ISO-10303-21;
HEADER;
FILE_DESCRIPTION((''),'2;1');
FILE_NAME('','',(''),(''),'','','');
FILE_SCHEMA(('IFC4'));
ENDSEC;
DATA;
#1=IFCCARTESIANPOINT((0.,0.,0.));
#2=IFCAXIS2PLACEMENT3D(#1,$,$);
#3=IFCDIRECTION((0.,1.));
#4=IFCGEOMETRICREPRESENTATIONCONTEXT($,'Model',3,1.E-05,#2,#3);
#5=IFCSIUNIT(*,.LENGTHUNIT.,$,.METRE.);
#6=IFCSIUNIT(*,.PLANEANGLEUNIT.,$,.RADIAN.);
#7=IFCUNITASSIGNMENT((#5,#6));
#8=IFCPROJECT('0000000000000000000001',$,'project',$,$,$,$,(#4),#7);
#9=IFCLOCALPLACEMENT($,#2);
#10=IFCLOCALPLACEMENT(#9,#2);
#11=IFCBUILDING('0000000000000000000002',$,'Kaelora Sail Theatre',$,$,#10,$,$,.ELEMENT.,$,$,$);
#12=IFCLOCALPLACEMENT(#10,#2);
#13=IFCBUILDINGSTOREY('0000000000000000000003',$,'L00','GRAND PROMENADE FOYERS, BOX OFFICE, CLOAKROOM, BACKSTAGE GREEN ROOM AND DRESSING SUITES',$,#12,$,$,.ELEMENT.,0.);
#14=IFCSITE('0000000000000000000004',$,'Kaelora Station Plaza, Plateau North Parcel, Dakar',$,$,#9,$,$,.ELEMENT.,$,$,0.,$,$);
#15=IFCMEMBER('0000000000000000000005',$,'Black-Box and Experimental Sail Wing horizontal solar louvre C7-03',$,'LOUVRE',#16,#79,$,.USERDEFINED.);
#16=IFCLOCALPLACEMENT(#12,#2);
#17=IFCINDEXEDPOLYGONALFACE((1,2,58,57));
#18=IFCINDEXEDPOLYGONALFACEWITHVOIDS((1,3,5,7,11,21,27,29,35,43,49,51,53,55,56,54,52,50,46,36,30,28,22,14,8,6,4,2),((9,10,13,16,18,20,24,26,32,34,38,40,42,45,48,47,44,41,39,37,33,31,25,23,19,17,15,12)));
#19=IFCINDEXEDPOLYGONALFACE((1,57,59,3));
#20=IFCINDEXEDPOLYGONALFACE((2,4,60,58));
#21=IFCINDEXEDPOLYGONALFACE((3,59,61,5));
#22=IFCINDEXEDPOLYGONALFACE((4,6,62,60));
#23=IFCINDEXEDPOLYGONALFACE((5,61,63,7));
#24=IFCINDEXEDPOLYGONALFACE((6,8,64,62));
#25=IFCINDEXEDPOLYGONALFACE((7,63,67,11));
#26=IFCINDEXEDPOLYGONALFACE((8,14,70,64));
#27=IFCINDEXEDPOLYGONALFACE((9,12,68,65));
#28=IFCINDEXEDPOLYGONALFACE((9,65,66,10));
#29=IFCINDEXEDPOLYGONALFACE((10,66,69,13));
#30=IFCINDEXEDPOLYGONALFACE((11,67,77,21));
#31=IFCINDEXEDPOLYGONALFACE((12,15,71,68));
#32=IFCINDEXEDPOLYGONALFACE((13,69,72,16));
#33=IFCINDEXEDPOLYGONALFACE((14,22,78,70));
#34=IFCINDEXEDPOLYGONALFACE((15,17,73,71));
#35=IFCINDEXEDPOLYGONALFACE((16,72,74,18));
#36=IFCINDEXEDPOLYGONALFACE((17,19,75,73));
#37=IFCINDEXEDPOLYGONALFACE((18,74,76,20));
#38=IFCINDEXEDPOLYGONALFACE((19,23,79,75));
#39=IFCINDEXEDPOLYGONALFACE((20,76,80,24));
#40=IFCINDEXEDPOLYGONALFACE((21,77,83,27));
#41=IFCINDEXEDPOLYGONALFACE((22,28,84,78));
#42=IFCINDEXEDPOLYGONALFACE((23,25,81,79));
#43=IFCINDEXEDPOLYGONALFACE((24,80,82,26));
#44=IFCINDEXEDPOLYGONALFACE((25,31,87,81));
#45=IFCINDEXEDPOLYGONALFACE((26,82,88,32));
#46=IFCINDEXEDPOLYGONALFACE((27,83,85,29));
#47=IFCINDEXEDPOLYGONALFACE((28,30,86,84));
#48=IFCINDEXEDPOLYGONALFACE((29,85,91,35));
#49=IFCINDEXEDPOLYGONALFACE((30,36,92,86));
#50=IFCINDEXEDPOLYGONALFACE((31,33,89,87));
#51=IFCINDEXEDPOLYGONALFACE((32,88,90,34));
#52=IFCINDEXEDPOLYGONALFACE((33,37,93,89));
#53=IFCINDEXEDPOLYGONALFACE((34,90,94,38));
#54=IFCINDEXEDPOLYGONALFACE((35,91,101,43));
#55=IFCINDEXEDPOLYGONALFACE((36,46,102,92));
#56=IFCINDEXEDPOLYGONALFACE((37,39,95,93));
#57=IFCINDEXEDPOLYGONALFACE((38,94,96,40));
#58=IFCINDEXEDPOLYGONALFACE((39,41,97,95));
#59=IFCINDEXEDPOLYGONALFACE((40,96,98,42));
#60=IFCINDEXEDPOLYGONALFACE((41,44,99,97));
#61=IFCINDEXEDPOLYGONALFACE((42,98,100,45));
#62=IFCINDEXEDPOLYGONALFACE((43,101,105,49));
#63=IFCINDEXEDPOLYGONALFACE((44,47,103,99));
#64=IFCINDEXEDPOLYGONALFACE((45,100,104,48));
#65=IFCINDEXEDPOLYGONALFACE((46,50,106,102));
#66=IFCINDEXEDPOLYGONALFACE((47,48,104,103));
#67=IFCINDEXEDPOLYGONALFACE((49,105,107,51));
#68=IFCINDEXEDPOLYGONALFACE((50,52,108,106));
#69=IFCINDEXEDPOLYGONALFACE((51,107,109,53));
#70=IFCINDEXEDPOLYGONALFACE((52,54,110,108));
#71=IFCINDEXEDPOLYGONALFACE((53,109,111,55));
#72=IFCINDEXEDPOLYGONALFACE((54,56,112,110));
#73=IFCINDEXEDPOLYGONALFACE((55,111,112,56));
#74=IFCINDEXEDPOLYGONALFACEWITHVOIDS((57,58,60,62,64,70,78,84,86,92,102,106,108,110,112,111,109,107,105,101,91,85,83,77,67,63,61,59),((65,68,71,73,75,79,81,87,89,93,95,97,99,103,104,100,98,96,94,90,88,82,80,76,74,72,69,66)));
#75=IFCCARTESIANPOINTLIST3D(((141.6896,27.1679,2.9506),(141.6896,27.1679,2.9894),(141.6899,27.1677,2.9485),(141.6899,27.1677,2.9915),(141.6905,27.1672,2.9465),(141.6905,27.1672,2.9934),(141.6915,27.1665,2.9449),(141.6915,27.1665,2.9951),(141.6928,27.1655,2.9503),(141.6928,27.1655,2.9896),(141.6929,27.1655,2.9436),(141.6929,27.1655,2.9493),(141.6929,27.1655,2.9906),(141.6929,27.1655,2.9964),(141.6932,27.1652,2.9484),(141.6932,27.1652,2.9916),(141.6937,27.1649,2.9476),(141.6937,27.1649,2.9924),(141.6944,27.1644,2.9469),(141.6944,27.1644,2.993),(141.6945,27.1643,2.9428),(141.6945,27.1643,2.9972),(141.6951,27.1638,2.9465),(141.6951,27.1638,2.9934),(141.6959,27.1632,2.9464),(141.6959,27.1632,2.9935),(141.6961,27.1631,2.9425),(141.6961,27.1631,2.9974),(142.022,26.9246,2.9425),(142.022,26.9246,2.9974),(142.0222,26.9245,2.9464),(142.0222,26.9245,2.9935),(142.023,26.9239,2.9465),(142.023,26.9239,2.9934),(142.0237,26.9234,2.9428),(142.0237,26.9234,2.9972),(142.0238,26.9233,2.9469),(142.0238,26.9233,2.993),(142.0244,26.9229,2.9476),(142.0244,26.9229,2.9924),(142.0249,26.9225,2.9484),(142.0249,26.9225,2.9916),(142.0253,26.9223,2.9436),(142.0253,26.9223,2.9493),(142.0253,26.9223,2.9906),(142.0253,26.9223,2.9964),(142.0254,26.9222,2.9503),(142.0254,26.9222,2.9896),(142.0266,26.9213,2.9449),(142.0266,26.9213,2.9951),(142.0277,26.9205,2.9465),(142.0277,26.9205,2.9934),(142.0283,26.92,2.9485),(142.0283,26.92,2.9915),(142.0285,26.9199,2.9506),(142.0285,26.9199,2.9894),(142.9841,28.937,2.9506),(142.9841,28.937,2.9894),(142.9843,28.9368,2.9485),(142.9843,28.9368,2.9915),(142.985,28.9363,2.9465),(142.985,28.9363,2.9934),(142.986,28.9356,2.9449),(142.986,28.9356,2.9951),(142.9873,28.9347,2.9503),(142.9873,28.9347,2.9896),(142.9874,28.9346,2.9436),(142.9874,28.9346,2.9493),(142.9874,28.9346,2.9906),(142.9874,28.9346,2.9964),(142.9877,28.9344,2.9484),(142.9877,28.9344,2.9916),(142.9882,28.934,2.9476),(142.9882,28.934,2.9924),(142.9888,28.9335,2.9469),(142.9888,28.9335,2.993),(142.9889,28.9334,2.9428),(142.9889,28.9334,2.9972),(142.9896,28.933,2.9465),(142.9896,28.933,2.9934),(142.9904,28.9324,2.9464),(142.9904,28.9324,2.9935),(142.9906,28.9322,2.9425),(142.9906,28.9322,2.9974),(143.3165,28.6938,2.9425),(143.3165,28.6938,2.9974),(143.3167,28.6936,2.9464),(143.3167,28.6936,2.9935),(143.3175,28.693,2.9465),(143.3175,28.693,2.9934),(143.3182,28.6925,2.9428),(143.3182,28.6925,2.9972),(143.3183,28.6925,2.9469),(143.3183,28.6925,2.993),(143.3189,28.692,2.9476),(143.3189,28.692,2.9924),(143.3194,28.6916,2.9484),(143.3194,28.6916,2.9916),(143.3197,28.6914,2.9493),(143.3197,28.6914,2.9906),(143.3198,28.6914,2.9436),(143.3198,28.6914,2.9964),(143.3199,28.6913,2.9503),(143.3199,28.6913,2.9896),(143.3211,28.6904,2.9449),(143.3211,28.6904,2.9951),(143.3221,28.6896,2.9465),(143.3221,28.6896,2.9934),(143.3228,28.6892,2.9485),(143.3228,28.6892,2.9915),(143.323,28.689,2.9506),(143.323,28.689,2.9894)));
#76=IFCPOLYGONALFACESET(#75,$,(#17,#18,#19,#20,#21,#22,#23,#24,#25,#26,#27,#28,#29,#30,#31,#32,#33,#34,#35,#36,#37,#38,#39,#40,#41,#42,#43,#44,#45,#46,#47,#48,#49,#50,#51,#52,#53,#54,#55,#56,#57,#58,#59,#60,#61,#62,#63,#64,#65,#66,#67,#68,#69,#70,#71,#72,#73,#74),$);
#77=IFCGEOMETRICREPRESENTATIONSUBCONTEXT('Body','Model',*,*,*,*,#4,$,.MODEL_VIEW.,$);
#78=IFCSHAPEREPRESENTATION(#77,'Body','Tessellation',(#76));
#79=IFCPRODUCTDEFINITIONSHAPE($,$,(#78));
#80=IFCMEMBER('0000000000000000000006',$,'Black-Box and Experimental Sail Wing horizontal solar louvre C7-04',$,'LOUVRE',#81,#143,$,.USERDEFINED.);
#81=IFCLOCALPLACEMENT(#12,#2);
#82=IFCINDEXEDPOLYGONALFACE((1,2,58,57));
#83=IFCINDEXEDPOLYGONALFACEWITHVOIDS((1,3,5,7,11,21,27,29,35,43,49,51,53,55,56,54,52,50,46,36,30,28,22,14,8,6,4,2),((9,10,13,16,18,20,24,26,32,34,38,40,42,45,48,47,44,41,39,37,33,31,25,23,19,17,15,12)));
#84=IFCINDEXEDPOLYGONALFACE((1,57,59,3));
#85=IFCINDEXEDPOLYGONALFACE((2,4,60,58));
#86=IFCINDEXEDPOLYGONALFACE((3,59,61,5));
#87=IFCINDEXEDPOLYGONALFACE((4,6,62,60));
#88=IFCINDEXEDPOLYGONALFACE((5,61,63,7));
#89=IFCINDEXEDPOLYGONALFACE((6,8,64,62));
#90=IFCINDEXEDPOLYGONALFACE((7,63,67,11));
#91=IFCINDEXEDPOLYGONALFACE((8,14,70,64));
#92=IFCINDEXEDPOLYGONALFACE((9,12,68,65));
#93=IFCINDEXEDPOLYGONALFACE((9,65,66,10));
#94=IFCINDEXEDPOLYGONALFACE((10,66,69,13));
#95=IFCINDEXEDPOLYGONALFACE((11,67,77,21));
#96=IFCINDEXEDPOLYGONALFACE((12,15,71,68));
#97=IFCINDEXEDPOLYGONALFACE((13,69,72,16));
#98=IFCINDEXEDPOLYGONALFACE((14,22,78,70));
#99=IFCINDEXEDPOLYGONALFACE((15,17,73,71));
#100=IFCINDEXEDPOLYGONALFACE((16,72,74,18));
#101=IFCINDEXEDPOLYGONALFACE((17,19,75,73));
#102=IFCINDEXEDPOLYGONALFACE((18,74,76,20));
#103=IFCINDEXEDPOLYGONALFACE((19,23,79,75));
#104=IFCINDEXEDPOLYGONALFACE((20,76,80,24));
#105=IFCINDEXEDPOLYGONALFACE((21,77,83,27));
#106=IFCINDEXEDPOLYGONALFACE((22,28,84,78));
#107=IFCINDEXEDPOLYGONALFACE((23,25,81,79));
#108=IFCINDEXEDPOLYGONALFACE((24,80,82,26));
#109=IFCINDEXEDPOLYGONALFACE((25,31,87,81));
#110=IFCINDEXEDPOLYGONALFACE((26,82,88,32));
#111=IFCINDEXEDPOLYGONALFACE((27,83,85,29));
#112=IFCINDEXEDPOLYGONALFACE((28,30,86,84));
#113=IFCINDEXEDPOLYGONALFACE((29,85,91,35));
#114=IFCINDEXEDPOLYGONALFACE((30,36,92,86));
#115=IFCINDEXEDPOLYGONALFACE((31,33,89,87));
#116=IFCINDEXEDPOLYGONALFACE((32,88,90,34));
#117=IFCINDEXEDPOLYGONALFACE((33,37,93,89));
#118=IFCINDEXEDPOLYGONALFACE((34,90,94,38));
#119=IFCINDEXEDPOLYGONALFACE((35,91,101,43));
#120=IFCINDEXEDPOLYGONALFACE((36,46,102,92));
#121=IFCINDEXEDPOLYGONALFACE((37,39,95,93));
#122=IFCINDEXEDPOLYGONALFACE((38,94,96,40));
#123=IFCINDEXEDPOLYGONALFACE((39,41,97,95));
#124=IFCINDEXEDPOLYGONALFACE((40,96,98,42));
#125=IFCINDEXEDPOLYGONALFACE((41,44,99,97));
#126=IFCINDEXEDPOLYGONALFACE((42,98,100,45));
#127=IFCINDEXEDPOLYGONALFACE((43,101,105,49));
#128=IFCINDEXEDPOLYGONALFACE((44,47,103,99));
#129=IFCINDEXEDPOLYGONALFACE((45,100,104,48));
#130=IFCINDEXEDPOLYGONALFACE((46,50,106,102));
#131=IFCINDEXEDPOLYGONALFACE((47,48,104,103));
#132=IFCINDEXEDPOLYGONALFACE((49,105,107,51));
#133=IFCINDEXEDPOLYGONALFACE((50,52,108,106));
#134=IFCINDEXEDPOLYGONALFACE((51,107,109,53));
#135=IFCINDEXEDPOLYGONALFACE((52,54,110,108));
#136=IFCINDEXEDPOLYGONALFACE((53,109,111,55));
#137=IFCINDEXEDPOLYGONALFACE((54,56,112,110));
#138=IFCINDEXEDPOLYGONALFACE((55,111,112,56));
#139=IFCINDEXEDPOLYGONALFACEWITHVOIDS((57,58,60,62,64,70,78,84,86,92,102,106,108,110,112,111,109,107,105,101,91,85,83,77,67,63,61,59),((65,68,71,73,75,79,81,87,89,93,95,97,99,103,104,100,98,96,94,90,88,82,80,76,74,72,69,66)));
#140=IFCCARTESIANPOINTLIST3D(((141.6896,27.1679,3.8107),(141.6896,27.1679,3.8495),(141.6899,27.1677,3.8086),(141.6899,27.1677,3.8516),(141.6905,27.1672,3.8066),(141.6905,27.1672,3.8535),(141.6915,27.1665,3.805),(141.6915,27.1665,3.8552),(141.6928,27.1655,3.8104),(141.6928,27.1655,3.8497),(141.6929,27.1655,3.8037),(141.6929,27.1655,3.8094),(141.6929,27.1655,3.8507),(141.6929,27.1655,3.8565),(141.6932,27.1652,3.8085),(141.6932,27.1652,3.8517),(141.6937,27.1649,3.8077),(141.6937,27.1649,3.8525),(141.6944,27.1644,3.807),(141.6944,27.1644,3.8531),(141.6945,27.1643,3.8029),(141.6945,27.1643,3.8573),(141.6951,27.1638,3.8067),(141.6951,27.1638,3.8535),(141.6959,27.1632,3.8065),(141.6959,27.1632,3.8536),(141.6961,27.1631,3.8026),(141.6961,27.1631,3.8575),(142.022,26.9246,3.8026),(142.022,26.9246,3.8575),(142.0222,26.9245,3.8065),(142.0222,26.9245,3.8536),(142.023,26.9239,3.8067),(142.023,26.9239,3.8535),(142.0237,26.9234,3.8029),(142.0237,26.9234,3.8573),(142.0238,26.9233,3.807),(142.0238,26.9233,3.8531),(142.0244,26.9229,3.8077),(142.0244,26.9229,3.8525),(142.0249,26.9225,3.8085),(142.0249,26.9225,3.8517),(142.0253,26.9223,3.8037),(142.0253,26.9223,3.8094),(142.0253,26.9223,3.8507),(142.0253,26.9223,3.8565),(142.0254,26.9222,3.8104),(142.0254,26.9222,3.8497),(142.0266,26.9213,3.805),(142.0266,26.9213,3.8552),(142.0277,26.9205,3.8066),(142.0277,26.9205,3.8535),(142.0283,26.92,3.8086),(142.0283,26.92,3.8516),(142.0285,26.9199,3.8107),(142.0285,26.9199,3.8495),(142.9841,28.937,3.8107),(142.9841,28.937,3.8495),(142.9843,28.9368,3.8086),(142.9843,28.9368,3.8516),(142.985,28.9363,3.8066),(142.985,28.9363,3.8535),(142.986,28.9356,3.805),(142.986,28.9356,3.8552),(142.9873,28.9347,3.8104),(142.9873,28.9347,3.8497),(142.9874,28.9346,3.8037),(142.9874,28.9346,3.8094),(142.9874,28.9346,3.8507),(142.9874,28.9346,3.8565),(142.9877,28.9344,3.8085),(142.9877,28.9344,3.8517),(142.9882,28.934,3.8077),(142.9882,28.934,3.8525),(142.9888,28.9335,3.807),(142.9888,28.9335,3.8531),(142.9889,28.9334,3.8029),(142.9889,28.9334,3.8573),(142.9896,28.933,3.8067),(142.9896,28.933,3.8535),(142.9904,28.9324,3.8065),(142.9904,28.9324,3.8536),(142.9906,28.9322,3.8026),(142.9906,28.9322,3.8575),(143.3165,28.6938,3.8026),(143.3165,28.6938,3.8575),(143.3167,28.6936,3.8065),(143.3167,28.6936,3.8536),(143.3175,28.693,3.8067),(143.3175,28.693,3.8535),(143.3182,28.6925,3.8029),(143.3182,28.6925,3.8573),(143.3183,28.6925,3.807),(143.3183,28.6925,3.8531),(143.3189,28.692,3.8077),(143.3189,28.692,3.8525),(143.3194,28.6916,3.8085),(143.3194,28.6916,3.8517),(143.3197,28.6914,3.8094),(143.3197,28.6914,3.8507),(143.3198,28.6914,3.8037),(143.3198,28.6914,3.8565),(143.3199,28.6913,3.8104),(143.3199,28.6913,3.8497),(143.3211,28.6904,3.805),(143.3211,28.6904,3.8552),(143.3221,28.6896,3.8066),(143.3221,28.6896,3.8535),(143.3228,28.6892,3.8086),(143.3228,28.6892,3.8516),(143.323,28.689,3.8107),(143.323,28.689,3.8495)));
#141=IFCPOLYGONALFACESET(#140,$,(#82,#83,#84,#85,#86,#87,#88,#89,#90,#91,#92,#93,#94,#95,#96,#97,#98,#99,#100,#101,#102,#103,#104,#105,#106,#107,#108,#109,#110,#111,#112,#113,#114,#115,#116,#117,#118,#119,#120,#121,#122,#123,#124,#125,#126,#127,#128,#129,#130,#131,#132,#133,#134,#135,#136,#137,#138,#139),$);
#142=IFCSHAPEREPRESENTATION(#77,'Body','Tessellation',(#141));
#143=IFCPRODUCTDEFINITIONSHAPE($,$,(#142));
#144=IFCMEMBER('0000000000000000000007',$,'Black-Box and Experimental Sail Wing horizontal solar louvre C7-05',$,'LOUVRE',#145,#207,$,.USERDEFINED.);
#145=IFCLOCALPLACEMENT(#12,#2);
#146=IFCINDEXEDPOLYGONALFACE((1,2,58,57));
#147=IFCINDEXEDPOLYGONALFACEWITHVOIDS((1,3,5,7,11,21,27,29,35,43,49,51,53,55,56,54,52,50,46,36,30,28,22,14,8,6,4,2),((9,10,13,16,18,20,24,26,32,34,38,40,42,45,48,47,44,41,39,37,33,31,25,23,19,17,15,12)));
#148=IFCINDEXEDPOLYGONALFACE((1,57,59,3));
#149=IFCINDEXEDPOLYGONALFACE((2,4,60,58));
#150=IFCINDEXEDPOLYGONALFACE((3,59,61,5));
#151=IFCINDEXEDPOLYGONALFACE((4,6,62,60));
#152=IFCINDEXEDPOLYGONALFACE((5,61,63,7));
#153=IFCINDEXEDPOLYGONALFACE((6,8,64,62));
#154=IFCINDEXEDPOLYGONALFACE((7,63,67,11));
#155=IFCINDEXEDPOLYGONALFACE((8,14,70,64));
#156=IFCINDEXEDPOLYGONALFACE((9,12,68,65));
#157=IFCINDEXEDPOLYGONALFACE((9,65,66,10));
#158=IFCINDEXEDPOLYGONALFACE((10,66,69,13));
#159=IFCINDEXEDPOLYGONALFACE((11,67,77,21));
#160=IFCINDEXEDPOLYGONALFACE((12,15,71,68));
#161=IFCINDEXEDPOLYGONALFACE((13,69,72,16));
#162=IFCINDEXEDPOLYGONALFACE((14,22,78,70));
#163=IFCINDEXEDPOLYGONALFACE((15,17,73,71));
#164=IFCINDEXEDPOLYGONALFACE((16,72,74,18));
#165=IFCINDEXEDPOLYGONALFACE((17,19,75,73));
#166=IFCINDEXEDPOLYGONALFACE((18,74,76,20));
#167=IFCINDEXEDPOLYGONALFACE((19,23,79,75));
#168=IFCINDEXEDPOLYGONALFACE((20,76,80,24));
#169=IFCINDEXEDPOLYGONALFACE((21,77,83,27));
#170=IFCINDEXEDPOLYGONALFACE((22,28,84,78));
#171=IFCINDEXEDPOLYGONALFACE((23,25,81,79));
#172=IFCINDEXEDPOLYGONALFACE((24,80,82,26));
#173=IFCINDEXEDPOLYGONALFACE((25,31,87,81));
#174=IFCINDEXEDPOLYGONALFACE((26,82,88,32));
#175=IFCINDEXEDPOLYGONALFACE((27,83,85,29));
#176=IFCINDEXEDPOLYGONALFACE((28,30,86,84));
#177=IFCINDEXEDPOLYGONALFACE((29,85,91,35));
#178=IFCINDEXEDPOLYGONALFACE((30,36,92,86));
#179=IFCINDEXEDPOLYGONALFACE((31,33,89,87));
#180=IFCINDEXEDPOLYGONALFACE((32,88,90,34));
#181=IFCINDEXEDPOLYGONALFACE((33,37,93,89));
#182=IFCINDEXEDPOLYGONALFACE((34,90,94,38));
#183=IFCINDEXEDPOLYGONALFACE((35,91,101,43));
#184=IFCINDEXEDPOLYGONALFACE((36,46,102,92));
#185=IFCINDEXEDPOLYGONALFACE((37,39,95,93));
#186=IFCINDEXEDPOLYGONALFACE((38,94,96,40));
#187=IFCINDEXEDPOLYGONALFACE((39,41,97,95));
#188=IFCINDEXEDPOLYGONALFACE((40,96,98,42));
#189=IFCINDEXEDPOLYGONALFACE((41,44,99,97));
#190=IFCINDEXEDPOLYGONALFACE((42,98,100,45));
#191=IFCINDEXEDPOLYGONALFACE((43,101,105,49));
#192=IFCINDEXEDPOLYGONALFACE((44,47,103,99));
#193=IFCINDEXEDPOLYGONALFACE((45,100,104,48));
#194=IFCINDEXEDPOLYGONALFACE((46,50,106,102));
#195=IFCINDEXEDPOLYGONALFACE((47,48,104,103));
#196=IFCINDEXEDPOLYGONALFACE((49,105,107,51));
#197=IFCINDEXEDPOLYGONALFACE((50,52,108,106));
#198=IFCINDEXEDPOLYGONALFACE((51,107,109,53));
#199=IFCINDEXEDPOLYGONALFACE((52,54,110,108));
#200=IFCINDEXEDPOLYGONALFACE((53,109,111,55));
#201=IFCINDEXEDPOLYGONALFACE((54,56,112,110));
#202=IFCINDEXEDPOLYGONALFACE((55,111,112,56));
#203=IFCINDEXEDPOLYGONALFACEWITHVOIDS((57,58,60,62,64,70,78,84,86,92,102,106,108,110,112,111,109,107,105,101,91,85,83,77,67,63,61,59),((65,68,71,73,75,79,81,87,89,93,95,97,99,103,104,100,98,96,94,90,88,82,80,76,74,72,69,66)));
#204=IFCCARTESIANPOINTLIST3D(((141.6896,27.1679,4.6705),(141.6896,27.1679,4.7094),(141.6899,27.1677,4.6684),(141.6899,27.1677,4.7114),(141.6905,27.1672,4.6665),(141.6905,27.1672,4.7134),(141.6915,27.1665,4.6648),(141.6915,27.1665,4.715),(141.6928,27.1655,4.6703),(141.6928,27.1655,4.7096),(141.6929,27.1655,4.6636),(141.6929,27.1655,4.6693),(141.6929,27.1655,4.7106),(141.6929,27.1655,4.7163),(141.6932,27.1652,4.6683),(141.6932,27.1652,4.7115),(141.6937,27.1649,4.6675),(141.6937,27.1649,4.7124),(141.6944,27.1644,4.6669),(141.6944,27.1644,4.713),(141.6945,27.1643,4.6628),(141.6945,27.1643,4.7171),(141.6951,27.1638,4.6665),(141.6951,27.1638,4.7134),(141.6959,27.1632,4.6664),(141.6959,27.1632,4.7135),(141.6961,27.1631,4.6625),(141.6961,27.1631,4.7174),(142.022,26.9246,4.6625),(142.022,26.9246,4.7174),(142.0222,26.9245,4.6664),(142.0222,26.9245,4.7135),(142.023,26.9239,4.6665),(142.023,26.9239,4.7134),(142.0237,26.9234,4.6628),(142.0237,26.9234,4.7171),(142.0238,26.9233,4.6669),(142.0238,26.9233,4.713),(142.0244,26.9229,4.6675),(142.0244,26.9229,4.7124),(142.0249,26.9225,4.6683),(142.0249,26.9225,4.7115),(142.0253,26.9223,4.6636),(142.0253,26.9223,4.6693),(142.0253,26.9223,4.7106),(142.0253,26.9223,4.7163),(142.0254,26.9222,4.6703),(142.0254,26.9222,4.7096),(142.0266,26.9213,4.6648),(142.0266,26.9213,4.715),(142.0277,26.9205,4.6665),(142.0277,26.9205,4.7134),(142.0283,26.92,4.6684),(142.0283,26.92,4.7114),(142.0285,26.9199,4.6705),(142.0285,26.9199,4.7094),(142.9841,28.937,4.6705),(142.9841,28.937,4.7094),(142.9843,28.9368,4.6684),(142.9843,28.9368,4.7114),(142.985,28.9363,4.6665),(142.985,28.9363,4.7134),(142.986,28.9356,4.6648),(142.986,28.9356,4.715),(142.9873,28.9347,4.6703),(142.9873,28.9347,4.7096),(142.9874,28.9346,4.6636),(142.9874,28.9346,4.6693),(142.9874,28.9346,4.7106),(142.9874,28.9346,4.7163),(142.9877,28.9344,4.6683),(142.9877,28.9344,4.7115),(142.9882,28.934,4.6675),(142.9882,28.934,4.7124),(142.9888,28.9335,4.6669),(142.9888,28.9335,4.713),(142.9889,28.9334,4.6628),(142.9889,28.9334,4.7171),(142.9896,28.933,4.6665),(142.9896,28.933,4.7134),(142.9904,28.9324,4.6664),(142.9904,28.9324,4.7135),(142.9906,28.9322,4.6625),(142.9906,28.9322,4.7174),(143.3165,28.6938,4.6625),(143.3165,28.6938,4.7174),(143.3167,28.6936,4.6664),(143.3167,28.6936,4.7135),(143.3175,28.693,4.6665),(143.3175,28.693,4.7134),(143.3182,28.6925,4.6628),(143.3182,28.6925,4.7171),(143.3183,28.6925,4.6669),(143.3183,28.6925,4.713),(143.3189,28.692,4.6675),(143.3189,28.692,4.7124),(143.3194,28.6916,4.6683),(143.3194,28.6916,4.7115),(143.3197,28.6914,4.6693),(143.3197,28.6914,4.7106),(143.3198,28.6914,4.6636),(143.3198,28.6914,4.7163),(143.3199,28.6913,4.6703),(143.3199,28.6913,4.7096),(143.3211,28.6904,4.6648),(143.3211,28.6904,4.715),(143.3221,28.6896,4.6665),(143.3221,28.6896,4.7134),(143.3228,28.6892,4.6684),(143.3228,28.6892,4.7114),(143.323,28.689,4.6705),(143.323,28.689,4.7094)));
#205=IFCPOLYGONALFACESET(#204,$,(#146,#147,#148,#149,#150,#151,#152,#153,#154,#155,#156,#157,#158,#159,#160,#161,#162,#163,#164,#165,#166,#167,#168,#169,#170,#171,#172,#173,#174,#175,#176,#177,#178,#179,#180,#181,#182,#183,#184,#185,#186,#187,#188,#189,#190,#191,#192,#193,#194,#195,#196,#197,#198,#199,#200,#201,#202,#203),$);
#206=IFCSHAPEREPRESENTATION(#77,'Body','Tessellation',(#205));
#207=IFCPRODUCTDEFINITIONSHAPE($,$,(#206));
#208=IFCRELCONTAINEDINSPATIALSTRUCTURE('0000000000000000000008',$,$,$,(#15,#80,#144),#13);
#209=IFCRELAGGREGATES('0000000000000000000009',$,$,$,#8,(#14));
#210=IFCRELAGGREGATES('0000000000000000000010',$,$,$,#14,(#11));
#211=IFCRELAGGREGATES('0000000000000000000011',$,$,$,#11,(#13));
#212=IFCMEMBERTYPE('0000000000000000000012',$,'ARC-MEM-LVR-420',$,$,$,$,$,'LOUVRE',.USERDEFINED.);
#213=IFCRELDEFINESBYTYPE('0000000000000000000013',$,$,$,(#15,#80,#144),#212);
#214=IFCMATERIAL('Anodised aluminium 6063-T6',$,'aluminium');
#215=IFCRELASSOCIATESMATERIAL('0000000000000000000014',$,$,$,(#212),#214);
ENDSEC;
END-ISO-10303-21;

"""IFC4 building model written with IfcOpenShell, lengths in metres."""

from ifc_helpers import new_model, si_unit, direction, frame, origin, origin_2d, place, context, subcontext, project, spatial, hollow_rectangle, extrude, material, material_profile, profile_set, type_object, element, save


model = new_model("IFC4")

# Units and contexts
model_context = context("Model", 3, precision=1e-05, world=origin(), true_north=direction((0.0, 1.0)))
body_context = subcontext(model_context, "Body", "Model", "MODEL_VIEW")
ifc_project = project(units=[si_unit("LENGTHUNIT", "METRE"), si_unit("PLANEANGLEUNIT", "RADIAN")], contexts=[model_context])

# Site, building, storey
site_placement = place(None, origin())
site = spatial("IfcSite", under=ifc_project, at=site_placement, Name="Kaelora Station Plaza, Plateau North Parcel, Dakar", CompositionType="ELEMENT", RefElevation=0.0)
building_placement = place(site_placement, origin())
building = spatial("IfcBuilding", under=site, at=building_placement, Name="Kaelora Sail Theatre", CompositionType="ELEMENT")
storey_placement = place(building_placement, origin())
storey = spatial("IfcBuildingStorey", under=building, at=storey_placement, Name="L00", Description="GRAND PROMENADE FOYERS, BOX OFFICE, CLOAKROOM, BACKSTAGE GREEN ROOM AND DRESSING SUITES", CompositionType="ELEMENT", Elevation=0.0)

# Members
ifc_material_1 = material(Name="Anodised aluminium 6063-T6", Category="aluminium")
ifc_material_profile_1 = material_profile(ifc_material_1, hollow_rectangle(XDim=0.4199, YDim=0.0549, WallThickness=0.0039, InnerFilletRadius=0.0039, OuterFilletRadius=0.0081, at=origin_2d()), Name="LOUVRE 420x55x4")
ifc_profile_set_1 = profile_set([ifc_material_profile_1], Name="Anodised aluminium 6063-T6")
member_type = type_object("IfcMemberType", Name="ARC-MEM-LVR-420", ElementType="LOUVRE", PredefinedType="USERDEFINED", material=ifc_profile_set_1)
for number, where, z_axis, x_axis, name in (
    (1, (143.1536, 28.813, 2.97), (-0.590514, -0.807028, 0.0), (0.807028, -0.590514, 0.0), "Black-Box and Experimental Sail Wing horizontal solar louvre C7-03"),
    (2, (143.1536, 28.813, 3.8301), (-0.590514, -0.807028, 0.0), (0.807028, -0.590514, 0.0), "Black-Box and Experimental Sail Wing horizontal solar louvre C7-04"),
    (3, (143.1536, 28.813, 4.6899), (-0.590514, -0.807028, 0.0), (0.807028, -0.590514, 0.0), "Black-Box and Experimental Sail Wing horizontal solar louvre C7-05"),
):
    element("IfcMember", number, at=place(storey_placement, frame(where, z_axis=z_axis, x_axis=x_axis)), inside=storey, type_object=member_type, Name=name, ObjectType="LOUVRE", PredefinedType="USERDEFINED", context=body_context, shape_type="SweptSolid", body=[
        extrude(hollow_rectangle(XDim=0.4199, YDim=0.0549, WallThickness=0.0039, InnerFilletRadius=0.0039, OuterFilletRadius=0.0081, at=origin_2d()), origin(), (0.0, 0.0, 1.0), 2.1921),
    ])

save(model, "model.ifc")
